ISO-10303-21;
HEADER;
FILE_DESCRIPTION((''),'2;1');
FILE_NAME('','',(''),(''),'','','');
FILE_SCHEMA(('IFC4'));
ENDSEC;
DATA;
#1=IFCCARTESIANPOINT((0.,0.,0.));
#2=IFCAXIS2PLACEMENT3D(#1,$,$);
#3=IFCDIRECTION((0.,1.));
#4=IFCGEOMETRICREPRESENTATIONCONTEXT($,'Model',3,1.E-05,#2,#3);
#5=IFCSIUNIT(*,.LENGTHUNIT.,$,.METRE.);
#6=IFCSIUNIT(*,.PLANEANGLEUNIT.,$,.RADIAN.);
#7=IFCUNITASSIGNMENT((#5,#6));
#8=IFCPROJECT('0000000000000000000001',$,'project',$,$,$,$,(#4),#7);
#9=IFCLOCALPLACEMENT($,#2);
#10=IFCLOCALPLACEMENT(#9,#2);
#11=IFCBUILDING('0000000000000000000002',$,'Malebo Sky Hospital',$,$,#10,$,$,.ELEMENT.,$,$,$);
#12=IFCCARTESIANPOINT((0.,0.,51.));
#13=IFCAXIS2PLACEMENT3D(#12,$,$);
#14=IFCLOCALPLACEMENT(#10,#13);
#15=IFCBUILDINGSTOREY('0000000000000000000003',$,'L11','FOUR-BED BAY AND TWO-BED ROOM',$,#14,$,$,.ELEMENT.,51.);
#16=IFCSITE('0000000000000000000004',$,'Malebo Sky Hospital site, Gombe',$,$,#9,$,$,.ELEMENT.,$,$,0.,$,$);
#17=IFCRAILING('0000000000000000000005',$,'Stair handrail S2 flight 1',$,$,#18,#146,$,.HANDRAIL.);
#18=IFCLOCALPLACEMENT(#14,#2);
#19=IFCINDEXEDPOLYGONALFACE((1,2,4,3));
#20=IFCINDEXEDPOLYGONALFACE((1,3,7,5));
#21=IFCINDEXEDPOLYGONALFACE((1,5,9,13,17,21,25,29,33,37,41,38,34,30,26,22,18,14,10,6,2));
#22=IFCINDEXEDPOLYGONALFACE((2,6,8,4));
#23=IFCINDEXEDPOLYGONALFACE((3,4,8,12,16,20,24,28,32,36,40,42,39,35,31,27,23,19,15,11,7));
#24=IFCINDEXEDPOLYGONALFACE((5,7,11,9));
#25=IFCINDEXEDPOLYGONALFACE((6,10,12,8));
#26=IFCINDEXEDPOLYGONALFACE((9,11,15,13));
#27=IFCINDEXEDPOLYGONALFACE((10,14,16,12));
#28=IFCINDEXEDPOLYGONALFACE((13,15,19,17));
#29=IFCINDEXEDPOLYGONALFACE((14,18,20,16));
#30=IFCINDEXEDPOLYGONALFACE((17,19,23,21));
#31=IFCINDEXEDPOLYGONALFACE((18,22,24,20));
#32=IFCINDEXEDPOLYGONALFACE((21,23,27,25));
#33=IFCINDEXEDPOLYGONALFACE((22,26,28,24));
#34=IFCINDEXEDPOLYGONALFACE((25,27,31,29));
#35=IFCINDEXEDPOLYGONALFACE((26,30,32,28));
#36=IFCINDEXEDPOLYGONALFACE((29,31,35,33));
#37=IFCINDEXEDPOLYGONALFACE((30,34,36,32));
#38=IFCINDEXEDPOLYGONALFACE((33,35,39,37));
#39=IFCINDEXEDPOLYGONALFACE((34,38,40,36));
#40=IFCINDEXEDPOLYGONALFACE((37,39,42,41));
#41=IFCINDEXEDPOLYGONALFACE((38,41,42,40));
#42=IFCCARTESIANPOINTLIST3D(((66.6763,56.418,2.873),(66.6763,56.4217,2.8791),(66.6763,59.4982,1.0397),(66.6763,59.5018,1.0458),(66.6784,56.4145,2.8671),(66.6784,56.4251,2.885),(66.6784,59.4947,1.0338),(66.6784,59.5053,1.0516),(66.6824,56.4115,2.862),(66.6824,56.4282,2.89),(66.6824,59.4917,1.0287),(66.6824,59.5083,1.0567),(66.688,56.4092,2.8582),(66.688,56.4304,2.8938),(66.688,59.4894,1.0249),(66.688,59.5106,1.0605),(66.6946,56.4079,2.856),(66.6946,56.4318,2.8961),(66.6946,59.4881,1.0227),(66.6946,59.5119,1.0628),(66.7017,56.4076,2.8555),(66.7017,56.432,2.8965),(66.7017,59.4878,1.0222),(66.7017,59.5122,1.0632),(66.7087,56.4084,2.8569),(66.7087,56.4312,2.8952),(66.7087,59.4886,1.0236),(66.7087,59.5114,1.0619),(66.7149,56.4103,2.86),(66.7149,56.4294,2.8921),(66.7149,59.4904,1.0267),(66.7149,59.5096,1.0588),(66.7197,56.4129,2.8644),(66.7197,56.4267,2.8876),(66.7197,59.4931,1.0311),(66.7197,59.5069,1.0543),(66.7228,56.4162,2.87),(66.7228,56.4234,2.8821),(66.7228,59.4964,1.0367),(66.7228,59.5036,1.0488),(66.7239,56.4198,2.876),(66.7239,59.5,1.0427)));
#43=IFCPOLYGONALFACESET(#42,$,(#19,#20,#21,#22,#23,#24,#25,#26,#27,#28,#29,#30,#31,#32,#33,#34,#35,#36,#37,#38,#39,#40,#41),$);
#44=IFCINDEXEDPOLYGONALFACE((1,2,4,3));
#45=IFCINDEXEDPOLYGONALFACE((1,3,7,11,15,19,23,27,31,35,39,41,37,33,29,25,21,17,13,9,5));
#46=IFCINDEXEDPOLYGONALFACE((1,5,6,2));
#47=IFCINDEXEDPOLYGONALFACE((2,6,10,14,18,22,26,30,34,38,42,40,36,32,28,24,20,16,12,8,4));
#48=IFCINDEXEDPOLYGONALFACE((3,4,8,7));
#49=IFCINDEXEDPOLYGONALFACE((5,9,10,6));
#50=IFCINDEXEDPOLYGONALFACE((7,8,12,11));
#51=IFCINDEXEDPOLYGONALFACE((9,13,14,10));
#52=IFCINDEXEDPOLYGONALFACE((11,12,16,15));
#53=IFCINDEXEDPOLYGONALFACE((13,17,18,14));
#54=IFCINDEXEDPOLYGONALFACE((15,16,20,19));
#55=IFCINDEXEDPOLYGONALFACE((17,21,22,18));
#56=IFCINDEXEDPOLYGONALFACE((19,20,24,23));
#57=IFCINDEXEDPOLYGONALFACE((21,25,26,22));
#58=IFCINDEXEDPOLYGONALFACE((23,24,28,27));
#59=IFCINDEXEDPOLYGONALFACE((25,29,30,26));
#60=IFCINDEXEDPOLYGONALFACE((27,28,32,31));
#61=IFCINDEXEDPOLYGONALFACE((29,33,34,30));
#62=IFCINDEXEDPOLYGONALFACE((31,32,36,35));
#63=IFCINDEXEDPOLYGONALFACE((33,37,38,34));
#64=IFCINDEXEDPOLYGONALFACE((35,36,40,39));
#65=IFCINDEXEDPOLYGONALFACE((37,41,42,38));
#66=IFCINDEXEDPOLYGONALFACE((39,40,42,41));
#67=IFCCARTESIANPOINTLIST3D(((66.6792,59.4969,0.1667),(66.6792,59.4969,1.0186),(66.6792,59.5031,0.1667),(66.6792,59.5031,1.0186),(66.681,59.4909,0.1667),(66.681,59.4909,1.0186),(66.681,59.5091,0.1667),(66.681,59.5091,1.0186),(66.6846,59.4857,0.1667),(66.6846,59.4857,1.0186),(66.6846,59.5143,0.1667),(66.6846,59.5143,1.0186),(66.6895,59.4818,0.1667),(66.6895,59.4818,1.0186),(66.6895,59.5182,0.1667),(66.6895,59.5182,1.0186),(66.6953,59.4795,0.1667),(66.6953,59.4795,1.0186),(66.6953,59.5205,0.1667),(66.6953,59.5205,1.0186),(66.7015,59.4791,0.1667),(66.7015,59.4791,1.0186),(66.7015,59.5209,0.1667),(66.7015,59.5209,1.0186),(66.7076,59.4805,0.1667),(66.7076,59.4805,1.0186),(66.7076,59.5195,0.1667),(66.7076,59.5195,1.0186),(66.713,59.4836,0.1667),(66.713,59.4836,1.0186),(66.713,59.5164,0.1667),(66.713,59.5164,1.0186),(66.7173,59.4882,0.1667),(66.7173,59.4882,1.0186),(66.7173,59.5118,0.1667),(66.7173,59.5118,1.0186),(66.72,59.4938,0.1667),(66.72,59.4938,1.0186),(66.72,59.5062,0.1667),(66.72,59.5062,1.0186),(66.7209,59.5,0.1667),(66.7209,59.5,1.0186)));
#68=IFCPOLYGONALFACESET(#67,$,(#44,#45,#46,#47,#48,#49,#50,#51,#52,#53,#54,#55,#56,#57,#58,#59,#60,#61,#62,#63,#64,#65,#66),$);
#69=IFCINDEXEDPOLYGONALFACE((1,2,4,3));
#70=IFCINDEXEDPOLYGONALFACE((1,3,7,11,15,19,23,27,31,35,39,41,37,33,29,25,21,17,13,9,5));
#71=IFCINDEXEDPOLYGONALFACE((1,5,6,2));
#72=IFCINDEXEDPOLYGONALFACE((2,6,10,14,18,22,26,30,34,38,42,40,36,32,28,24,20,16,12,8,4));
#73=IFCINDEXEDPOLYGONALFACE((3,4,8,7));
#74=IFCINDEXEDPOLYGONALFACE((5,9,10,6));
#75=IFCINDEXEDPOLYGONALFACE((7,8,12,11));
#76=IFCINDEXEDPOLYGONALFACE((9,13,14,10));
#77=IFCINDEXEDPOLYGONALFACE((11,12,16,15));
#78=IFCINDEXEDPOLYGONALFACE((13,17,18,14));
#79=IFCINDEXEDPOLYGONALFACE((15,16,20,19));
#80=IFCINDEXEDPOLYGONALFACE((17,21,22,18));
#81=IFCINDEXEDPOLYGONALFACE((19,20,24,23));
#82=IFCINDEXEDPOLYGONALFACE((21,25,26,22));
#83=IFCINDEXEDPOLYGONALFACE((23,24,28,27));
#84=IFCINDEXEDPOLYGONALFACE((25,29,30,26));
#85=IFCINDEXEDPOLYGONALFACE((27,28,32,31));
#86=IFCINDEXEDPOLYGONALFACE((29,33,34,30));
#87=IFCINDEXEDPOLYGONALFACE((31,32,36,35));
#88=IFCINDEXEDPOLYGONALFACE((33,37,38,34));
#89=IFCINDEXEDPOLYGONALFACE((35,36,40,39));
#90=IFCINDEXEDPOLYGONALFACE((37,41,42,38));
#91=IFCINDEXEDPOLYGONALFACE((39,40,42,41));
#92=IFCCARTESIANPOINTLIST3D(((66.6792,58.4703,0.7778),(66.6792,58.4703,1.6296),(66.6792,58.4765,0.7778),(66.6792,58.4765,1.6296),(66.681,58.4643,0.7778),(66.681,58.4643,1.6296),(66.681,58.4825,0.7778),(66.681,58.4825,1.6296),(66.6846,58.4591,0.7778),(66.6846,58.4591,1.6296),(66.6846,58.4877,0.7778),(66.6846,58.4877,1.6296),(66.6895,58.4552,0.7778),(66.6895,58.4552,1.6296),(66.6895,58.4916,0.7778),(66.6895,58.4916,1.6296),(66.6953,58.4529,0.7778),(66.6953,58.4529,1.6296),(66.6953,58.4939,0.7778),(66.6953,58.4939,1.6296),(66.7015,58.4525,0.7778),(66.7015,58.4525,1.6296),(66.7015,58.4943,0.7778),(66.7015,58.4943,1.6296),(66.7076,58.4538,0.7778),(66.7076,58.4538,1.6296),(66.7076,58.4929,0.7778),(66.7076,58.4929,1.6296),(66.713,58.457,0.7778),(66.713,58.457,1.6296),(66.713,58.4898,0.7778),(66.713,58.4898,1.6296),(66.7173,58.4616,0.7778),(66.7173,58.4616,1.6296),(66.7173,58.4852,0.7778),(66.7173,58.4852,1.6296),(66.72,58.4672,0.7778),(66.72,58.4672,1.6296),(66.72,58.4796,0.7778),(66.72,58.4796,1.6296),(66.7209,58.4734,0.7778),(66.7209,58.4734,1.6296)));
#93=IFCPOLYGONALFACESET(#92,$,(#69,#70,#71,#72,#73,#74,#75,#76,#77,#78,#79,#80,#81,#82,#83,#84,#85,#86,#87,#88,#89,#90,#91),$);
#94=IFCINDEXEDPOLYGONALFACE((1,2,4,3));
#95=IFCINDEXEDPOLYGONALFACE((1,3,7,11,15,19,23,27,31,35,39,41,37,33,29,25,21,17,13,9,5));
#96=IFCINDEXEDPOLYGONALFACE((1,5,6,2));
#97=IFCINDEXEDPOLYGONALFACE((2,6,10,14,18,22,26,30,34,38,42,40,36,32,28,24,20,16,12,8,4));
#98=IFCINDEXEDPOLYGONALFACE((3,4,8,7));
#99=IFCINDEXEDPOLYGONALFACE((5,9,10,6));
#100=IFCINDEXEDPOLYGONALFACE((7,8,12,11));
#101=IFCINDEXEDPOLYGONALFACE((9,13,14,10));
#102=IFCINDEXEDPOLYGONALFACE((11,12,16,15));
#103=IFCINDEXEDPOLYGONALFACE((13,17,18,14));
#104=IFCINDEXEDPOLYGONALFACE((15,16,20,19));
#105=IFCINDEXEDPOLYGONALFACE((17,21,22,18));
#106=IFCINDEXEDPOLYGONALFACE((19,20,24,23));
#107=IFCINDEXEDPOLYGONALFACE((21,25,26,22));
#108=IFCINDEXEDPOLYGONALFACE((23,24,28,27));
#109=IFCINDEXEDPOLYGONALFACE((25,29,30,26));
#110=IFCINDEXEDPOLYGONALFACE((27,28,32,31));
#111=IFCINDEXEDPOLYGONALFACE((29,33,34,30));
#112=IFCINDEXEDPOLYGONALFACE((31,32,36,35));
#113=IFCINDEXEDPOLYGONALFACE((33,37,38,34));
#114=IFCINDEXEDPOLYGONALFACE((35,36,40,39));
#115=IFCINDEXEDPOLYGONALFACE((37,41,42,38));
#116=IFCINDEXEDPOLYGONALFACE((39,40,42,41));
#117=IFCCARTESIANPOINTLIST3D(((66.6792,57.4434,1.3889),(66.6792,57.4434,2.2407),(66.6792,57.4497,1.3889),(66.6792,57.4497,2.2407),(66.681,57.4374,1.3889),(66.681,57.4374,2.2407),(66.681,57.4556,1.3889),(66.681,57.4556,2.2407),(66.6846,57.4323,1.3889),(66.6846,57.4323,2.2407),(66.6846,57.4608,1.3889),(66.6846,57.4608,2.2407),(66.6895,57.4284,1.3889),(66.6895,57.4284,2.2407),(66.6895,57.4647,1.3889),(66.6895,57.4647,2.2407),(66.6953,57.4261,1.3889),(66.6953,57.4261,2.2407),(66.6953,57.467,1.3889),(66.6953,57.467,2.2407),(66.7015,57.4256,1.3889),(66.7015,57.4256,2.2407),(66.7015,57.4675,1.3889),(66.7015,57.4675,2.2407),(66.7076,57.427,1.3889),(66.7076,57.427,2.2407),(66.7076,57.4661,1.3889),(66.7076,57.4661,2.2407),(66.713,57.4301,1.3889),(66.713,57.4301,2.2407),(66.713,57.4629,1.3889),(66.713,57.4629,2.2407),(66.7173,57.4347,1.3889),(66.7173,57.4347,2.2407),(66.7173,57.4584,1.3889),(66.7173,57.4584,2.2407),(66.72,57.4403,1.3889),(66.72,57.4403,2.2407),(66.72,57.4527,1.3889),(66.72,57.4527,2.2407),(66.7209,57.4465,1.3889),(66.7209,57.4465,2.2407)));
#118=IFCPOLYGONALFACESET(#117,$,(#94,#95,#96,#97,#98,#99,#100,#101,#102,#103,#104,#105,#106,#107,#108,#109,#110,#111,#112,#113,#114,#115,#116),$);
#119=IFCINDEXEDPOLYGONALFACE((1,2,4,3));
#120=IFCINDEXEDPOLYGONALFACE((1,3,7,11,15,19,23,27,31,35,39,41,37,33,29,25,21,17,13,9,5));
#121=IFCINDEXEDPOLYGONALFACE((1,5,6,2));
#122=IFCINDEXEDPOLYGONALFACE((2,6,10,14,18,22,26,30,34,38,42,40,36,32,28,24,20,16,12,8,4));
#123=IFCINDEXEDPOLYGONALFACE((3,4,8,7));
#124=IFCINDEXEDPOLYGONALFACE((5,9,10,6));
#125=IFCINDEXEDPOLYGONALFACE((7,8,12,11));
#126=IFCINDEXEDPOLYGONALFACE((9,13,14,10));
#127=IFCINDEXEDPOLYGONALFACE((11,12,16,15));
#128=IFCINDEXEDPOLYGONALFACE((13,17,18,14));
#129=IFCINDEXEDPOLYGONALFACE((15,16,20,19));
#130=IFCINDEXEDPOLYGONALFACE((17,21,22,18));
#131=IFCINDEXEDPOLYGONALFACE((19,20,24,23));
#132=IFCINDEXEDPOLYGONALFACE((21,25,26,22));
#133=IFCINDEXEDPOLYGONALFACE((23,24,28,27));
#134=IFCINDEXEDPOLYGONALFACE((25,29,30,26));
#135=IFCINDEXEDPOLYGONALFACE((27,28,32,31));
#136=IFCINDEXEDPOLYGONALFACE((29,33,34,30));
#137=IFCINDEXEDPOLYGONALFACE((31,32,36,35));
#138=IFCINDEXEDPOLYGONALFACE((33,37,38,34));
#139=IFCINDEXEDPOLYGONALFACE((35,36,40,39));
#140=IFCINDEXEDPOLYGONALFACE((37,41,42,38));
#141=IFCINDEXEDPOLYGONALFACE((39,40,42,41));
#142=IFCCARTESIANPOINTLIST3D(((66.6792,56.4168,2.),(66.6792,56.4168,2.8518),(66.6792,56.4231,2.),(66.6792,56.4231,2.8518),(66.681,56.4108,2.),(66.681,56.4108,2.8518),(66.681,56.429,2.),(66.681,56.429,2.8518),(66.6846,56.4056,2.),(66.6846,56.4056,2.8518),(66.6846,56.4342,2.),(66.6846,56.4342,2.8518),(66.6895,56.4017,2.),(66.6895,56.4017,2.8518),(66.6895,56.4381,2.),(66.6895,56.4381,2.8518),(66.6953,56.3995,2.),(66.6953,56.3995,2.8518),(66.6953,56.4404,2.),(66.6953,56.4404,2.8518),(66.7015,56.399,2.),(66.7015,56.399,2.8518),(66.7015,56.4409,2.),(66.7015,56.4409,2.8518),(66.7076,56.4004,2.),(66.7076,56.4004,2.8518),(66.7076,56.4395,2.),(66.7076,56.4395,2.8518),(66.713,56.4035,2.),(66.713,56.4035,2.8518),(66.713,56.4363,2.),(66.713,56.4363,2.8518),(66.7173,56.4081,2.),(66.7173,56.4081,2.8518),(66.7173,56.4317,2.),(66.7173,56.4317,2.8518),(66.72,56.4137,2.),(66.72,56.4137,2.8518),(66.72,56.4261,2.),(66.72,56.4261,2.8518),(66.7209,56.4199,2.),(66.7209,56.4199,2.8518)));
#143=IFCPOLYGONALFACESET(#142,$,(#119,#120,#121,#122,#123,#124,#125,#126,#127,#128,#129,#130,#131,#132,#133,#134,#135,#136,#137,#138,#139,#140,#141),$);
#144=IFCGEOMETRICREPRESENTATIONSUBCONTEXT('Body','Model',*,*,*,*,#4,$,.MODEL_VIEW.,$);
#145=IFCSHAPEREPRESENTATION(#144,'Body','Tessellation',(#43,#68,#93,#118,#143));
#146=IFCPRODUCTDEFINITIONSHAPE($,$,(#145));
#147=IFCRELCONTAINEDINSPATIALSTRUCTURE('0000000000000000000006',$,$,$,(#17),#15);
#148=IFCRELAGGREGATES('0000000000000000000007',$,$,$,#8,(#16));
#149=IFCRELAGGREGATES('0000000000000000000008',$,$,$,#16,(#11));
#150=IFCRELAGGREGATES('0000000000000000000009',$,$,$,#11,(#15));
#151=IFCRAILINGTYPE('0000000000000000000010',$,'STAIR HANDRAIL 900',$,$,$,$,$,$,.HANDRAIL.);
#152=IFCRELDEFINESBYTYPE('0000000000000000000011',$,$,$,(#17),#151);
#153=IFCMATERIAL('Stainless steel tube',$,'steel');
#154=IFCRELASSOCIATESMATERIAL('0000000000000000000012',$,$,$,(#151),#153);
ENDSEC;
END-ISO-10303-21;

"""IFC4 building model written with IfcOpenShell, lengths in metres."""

from ifc_helpers import new_model, si_unit, direction, frame, origin, origin_2d, place, context, subcontext, project, spatial, circle, extrude, material, type_object, element, save


model = new_model("IFC4")

# Units and contexts
model_context = context("Model", 3, precision=1e-05, world=origin(), true_north=direction((0.0, 1.0)))
body_context = subcontext(model_context, "Body", "Model", "MODEL_VIEW")
ifc_project = project(units=[si_unit("LENGTHUNIT", "METRE"), si_unit("PLANEANGLEUNIT", "RADIAN")], contexts=[model_context])

# Site, building, storey
site_placement = place(None, origin())
site = spatial("IfcSite", under=ifc_project, at=site_placement, Name="Malebo Sky Hospital site, Gombe", CompositionType="ELEMENT", RefElevation=0.0)
building_placement = place(site_placement, origin())
building = spatial("IfcBuilding", under=site, at=building_placement, Name="Malebo Sky Hospital", CompositionType="ELEMENT")
storey_placement = place(building_placement, frame((0.0, 0.0, 51.0)))
storey = spatial("IfcBuildingStorey", under=building, at=storey_placement, Name="L11", Description="FOUR-BED BAY AND TWO-BED ROOM", CompositionType="ELEMENT", Elevation=51.0)

# Railing
ifc_material_1 = material(Name="Stainless steel tube", Category="steel")
railing_type = type_object("IfcRailingType", Name="STAIR HANDRAIL 900", PredefinedType="HANDRAIL", material=ifc_material_1)
railing_1_placement = place(storey_placement, frame((66.7, 59.5, 0.1667)))
element("IfcRailing", 1, at=railing_1_placement, inside=storey, type_object=railing_type, Name="Stair handrail S2 flight 1", PredefinedType="HANDRAIL", context=body_context, shape_type="SweptSolid", body=[
    extrude(circle(Radius=0.0239, at=origin_2d()), frame((0.0, 0.0, 0.876), z_axis=(0.0, -0.859309, 0.511458), x_axis=(1.0, 0.0, 0.0)), (0.0, 0.0, 1.0), 3.5845),
    extrude(circle(Radius=0.021, at=origin_2d()), origin(), (0.0, 0.0, 1.0), 0.8518),
    extrude(circle(Radius=0.021, at=origin_2d()), frame((0.0, -1.0266, 0.6111)), (0.0, 0.0, 1.0), 0.8518),
    extrude(circle(Radius=0.021, at=origin_2d()), frame((0.0, -2.0535, 1.2222)), (0.0, 0.0, 1.0), 0.8518),
    extrude(circle(Radius=0.021, at=origin_2d()), frame((0.0, -3.0801, 1.8333)), (0.0, 0.0, 1.0), 0.8518),
])

save(model, "model.ifc")
